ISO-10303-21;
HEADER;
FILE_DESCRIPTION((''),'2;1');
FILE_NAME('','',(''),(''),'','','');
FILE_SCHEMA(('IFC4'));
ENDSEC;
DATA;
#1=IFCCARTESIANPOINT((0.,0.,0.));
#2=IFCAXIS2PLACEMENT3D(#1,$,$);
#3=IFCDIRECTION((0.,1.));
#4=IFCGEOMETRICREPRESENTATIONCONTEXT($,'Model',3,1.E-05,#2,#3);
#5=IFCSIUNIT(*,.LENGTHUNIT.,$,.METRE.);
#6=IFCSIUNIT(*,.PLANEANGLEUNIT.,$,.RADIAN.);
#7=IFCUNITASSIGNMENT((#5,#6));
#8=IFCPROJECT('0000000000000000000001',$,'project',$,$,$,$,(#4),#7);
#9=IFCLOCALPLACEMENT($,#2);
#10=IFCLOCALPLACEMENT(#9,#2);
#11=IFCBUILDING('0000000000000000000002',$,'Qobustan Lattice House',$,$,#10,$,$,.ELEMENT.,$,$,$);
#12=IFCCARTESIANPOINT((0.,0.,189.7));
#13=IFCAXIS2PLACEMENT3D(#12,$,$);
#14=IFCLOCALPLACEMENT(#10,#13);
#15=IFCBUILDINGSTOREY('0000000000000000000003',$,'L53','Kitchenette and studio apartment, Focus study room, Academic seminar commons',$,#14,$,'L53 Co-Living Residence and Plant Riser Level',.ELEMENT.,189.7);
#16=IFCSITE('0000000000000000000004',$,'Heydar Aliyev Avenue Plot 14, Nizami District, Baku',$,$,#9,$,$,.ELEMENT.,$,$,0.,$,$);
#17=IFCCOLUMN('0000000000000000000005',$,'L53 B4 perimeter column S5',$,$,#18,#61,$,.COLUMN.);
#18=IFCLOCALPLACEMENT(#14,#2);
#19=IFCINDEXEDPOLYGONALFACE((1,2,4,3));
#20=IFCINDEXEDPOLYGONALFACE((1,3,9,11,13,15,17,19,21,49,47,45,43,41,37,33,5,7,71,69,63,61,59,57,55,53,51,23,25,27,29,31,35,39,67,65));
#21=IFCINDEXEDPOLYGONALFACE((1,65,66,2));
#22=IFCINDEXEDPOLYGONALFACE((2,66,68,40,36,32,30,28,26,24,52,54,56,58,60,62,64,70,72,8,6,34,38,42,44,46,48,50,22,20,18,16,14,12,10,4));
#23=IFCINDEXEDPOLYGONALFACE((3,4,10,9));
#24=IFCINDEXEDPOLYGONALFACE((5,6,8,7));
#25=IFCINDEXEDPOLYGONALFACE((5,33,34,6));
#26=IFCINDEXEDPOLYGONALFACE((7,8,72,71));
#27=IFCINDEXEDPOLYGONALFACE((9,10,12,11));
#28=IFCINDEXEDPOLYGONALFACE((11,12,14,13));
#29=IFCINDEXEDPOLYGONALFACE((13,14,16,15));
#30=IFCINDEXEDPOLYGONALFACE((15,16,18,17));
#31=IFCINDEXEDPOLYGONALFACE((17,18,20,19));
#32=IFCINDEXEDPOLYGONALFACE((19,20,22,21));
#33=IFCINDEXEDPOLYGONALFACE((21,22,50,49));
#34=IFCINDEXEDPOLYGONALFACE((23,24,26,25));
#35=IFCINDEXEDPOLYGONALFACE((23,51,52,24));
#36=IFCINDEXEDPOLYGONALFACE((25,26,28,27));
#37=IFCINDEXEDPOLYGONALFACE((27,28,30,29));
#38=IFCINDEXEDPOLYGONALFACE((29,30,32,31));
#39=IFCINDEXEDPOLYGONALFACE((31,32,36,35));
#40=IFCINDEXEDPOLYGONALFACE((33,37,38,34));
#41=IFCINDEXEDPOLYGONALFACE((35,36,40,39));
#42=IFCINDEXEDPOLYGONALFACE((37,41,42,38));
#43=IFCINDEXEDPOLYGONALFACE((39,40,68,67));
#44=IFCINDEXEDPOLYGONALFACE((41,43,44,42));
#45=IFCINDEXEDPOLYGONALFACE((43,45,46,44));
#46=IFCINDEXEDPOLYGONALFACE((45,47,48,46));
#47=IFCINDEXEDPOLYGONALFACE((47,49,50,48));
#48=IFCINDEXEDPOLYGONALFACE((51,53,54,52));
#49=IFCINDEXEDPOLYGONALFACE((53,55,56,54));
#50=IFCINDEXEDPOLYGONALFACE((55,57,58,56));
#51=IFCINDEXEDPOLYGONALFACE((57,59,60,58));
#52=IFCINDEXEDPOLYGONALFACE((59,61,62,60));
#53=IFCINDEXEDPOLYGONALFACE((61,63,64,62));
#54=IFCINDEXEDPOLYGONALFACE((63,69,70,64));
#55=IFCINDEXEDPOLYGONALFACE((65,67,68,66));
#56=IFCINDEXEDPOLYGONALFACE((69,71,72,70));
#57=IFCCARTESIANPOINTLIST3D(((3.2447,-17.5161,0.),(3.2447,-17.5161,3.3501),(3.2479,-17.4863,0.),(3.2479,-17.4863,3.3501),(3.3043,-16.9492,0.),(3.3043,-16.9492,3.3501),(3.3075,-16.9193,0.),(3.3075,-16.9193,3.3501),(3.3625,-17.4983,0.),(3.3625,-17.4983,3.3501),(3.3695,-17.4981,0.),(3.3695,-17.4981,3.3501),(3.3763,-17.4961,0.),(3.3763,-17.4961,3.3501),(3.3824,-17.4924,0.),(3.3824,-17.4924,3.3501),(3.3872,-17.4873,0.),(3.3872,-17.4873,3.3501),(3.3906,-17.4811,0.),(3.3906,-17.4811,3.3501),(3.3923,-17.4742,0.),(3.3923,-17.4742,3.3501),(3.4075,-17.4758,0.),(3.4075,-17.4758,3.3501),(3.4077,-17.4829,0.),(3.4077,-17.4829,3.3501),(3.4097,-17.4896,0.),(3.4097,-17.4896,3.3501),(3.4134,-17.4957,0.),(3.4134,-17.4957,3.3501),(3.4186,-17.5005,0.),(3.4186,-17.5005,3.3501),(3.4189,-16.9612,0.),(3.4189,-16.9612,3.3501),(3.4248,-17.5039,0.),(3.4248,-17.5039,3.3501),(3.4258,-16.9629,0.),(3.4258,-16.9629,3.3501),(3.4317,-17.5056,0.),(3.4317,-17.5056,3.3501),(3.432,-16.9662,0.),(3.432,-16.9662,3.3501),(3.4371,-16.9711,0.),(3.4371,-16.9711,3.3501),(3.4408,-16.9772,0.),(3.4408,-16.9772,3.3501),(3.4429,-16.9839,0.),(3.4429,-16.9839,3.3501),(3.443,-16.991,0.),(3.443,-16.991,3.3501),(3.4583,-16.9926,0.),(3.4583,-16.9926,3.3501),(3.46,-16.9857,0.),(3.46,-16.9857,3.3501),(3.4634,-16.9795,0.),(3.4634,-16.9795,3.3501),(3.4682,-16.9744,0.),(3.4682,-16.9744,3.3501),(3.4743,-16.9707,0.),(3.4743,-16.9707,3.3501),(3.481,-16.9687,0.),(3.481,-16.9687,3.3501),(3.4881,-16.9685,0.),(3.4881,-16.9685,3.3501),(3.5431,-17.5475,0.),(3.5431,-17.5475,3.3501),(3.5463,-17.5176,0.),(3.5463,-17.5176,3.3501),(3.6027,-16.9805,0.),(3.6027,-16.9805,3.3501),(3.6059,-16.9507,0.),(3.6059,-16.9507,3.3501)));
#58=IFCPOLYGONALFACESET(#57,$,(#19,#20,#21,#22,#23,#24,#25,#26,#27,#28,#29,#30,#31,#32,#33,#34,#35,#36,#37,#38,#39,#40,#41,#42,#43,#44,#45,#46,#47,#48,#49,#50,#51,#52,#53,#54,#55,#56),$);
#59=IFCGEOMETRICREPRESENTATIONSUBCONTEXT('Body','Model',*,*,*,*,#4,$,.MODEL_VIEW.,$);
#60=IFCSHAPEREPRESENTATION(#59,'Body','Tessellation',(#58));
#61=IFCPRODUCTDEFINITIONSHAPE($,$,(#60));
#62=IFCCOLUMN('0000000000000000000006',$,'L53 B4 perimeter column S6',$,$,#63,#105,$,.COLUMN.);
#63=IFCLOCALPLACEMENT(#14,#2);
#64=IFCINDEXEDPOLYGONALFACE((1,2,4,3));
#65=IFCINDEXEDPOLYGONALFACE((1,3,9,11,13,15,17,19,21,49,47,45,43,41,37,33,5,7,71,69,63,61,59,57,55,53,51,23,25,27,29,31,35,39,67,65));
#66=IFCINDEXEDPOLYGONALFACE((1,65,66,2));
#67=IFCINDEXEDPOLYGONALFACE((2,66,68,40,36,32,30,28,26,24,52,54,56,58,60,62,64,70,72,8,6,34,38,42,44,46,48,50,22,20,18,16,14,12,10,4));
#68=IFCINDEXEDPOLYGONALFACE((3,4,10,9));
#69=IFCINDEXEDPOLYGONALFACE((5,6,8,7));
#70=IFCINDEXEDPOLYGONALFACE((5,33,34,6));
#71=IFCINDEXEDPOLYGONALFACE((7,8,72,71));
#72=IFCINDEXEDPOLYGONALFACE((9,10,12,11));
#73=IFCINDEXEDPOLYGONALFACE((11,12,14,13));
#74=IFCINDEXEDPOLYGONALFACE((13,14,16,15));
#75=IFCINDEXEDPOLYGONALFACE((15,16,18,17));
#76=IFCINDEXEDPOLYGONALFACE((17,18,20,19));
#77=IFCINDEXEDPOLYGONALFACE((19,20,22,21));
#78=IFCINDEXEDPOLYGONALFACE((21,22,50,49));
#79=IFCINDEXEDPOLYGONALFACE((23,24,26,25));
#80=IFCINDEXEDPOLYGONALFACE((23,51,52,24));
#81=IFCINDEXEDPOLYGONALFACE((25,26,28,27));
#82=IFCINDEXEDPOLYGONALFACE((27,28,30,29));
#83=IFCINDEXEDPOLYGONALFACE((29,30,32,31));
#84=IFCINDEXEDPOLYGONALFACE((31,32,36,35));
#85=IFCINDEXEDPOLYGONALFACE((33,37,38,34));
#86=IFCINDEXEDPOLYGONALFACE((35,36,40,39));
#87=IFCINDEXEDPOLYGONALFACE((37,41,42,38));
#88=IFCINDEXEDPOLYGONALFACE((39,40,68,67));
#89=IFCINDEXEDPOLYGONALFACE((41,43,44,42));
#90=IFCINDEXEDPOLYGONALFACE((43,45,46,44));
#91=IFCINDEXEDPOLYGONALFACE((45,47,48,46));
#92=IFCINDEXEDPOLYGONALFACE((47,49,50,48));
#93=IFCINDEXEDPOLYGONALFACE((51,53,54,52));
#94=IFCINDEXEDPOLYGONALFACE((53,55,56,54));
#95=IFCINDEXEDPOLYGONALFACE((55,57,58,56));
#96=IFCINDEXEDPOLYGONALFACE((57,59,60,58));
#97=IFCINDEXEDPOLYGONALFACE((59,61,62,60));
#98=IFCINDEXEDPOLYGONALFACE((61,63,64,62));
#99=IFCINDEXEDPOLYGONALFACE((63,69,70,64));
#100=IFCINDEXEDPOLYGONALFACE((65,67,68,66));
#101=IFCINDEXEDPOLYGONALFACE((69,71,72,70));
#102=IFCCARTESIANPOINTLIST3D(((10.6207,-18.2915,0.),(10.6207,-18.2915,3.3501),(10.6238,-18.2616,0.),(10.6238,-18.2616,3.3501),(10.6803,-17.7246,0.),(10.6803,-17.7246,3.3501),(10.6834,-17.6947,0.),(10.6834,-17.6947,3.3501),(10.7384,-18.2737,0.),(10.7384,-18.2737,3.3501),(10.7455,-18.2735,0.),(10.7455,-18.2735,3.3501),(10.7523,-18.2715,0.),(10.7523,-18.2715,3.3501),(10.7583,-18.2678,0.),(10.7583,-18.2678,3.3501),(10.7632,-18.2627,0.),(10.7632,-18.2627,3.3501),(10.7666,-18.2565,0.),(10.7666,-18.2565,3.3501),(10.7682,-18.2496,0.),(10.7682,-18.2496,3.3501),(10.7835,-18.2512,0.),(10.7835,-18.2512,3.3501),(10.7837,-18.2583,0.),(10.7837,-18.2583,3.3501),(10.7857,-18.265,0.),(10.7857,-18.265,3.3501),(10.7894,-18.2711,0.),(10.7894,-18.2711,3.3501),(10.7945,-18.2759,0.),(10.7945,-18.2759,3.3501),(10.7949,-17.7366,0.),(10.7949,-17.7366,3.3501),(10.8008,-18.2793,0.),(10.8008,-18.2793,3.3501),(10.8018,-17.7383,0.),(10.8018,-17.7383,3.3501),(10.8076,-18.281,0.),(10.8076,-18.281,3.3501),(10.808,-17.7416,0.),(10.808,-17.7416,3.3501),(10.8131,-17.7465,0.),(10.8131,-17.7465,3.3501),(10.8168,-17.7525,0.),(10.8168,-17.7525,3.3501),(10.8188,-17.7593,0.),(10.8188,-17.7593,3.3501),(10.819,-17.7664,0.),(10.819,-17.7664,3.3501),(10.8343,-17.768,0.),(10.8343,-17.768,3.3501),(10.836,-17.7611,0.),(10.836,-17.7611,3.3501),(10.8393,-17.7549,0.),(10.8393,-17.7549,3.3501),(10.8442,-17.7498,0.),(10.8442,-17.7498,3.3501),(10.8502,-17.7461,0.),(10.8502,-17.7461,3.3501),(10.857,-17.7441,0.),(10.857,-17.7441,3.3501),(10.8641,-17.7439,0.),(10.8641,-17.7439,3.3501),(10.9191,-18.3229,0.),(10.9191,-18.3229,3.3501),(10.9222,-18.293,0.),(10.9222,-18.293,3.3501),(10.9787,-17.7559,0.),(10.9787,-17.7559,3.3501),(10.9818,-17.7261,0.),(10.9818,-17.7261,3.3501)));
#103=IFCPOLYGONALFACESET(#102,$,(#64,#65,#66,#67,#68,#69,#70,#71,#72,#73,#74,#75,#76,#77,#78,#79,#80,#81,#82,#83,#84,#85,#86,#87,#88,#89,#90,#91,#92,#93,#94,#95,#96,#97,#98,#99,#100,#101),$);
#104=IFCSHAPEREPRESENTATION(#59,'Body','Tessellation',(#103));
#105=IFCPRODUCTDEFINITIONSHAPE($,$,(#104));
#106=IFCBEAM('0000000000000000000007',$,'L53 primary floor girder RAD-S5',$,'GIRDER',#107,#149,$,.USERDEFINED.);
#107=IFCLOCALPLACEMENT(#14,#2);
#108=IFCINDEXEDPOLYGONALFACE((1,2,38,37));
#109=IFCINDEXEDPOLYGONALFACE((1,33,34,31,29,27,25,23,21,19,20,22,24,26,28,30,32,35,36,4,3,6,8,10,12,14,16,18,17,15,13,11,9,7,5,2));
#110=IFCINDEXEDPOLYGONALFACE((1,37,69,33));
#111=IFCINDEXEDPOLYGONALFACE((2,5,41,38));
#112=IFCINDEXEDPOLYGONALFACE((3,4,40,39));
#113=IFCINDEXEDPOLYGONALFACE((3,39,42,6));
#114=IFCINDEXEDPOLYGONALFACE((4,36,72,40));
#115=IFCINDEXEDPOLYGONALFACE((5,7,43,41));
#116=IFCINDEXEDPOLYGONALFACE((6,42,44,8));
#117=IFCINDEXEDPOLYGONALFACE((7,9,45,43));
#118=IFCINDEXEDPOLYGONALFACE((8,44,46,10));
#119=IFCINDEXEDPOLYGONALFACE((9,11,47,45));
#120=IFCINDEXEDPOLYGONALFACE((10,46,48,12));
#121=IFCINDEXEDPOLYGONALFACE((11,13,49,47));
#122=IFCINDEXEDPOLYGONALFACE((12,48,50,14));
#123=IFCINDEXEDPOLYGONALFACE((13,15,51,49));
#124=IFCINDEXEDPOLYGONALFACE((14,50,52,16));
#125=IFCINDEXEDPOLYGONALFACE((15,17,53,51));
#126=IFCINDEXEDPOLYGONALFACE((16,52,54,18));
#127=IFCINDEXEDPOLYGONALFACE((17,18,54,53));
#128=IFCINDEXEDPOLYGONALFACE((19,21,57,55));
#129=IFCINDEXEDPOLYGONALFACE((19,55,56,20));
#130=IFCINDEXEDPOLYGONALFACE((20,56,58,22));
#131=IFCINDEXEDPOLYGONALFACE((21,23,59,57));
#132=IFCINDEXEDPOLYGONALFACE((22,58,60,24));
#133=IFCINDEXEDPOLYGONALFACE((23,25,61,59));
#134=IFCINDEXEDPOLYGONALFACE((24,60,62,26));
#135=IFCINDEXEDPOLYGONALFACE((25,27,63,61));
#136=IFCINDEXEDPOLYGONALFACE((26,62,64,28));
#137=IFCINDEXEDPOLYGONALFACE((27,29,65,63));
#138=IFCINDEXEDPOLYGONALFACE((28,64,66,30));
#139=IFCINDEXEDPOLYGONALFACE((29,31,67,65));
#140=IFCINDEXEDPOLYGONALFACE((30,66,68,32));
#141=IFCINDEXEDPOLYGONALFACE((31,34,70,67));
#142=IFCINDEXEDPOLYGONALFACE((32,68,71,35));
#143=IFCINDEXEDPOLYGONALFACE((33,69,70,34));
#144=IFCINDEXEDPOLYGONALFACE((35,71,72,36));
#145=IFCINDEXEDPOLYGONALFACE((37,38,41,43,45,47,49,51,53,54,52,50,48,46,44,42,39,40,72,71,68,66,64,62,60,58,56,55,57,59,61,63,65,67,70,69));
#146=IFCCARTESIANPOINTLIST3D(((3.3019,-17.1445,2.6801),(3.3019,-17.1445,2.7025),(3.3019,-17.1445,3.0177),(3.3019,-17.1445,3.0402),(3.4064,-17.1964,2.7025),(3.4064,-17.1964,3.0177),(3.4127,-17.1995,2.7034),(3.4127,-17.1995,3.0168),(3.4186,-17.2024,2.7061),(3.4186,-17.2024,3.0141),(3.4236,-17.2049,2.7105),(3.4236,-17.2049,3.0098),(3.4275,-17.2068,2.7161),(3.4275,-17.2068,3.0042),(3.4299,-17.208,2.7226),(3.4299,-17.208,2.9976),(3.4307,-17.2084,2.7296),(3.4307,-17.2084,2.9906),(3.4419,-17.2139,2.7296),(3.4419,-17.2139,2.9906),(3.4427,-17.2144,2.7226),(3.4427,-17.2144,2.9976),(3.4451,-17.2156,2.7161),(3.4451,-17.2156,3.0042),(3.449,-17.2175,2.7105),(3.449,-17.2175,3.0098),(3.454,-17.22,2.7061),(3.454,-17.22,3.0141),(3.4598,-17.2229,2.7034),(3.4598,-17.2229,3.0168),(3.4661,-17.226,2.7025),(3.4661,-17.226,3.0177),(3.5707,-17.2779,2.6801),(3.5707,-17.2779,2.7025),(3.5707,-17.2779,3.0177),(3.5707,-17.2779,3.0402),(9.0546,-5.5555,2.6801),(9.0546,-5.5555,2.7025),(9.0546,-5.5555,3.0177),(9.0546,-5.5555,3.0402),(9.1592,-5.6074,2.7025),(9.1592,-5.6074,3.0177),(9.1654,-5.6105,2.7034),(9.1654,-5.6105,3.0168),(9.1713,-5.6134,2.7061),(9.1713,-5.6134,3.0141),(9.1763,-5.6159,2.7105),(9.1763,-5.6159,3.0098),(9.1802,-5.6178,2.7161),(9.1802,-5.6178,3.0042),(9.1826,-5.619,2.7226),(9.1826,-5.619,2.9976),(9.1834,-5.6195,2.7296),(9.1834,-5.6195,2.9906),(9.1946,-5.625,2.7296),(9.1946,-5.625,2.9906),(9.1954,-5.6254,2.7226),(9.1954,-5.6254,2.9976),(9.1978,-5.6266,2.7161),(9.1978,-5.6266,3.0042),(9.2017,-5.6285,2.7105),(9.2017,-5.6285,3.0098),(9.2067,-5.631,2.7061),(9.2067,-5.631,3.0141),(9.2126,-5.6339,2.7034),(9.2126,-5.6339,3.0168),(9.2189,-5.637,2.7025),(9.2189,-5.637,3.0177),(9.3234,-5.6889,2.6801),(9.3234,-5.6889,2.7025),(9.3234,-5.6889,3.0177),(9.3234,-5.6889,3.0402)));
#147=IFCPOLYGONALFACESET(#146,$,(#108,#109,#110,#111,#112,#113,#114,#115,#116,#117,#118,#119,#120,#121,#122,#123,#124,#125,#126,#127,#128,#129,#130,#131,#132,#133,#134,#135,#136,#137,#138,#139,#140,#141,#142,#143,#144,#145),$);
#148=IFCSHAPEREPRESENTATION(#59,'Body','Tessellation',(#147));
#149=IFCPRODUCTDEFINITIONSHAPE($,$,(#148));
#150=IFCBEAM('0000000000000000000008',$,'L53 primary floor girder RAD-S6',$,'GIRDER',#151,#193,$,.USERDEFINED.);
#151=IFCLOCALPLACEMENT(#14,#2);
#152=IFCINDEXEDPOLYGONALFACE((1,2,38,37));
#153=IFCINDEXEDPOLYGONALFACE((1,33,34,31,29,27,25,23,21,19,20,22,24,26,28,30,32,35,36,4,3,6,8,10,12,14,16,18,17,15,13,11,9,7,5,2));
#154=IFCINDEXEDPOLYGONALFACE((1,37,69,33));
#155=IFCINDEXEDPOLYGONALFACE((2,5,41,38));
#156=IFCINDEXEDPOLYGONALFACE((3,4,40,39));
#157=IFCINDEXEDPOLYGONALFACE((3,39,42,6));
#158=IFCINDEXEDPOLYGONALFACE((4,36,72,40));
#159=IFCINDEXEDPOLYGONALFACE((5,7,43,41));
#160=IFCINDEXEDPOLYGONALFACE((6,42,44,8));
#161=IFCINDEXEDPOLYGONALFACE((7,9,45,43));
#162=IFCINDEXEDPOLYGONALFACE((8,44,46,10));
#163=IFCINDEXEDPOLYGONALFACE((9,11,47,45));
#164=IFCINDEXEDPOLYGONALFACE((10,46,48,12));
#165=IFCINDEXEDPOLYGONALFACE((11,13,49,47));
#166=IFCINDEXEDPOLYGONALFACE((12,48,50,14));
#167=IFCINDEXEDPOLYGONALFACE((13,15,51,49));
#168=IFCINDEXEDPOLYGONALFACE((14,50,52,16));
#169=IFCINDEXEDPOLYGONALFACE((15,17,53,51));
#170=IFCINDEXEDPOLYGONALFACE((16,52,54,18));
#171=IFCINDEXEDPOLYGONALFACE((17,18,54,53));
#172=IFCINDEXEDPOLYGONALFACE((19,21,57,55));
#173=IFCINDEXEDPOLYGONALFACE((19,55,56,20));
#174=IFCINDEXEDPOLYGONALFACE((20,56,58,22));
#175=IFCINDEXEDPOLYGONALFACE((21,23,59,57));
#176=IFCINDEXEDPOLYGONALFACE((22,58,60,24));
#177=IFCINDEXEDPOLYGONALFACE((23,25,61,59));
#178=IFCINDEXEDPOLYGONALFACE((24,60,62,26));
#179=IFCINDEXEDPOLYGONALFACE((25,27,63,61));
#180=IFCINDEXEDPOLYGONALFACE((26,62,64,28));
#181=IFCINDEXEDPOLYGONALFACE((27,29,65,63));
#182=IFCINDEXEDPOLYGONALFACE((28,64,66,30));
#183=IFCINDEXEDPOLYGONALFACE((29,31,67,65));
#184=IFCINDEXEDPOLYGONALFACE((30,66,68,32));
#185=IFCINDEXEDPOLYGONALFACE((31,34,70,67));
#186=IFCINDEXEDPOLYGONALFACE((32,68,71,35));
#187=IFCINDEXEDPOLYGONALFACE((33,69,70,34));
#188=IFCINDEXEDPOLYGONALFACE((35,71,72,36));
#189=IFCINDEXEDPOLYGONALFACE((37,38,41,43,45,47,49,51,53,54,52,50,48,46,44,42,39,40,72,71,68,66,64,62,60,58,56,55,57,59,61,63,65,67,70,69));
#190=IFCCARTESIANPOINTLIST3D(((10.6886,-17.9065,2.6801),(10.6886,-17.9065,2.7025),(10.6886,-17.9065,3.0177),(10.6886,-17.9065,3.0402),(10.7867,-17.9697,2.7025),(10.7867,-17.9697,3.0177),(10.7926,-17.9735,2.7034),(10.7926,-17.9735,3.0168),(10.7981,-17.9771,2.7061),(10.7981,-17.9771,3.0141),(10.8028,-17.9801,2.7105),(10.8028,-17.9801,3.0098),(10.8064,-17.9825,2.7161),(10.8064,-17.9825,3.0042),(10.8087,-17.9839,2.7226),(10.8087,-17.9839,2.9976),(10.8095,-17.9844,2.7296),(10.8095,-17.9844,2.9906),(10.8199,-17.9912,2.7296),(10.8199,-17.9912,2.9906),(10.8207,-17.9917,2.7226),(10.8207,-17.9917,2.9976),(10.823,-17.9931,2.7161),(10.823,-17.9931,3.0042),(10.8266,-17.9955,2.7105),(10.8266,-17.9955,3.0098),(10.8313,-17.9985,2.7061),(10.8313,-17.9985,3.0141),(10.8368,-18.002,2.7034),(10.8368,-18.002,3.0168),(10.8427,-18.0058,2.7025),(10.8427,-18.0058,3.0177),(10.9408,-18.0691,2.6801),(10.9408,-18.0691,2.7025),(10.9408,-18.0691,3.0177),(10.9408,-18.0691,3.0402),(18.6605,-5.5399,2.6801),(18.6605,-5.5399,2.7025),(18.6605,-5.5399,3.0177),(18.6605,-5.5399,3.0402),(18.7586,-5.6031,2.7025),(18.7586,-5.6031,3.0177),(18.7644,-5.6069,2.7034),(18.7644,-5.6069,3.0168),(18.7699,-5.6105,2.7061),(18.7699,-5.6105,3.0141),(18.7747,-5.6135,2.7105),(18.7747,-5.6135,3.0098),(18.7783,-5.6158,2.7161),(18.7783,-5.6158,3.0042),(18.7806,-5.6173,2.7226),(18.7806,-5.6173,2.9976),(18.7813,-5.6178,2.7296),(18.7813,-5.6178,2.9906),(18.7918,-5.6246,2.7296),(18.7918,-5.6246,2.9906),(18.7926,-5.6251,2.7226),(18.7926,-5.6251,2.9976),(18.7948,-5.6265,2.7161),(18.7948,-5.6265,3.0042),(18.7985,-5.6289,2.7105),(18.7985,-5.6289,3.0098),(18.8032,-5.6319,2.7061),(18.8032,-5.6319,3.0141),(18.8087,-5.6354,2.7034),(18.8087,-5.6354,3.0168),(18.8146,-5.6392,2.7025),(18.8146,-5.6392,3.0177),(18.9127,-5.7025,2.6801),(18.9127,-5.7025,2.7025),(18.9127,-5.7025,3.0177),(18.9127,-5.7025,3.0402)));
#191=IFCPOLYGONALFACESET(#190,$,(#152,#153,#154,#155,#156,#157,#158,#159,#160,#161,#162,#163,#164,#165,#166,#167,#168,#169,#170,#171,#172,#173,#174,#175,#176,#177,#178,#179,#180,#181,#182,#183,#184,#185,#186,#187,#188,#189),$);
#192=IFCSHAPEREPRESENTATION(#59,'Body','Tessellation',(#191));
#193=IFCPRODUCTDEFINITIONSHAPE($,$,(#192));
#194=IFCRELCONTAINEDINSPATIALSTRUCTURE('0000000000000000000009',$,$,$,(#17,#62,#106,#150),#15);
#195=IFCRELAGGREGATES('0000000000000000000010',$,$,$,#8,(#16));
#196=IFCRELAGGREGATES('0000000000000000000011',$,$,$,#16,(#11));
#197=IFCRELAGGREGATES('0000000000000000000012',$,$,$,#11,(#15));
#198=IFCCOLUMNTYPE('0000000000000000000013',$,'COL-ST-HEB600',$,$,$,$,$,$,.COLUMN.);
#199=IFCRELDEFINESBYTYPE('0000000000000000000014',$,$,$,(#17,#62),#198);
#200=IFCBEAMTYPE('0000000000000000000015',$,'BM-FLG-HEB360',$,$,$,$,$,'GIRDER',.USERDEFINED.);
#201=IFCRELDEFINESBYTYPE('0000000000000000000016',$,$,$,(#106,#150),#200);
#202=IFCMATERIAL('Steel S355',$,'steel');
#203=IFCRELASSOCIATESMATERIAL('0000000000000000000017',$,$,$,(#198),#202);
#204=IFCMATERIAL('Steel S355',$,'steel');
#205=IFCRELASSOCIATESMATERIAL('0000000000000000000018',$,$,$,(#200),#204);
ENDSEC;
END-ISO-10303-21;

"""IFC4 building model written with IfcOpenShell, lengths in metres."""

from ifc_helpers import new_model, si_unit, direction, frame, origin, origin_2d, place, context, subcontext, project, spatial, i_section, extrude, material, material_profile, profile_set, type_object, element, save


model = new_model("IFC4")

# Units and contexts
model_context = context("Model", 3, precision=1e-05, world=origin(), true_north=direction((0.0, 1.0)))
body_context = subcontext(model_context, "Body", "Model", "MODEL_VIEW")
ifc_project = project(units=[si_unit("LENGTHUNIT", "METRE"), si_unit("PLANEANGLEUNIT", "RADIAN")], contexts=[model_context])

# Site, building, storey
site_placement = place(None, origin())
site = spatial("IfcSite", under=ifc_project, at=site_placement, Name="Heydar Aliyev Avenue Plot 14, Nizami District, Baku", CompositionType="ELEMENT", RefElevation=0.0)
building_placement = place(site_placement, origin())
building = spatial("IfcBuilding", under=site, at=building_placement, Name="Qobustan Lattice House", CompositionType="ELEMENT")
storey_placement = place(building_placement, frame((0.0, 0.0, 189.7)))
storey = spatial("IfcBuildingStorey", under=building, at=storey_placement, Name="L53", Description="Kitchenette and studio apartment, Focus study room, Academic seminar commons", LongName="L53 Co-Living Residence and Plant Riser Level", CompositionType="ELEMENT", Elevation=189.7)

# Columns
ifc_material_1 = material(Name="Steel S355", Category="steel")
ifc_material_profile_1 = material_profile(ifc_material_1, i_section(OverallWidth=0.3, OverallDepth=0.6001, WebThickness=0.0154, FlangeThickness=0.03, FilletRadius=0.0271, at=origin_2d()), Name="HEB600")
ifc_profile_set_1 = profile_set([ifc_material_profile_1], Name="Steel S355")
column_type = type_object("IfcColumnType", Name="COL-ST-HEB600", PredefinedType="COLUMN", material=ifc_profile_set_1)
for number, where, z_axis, x_axis, name in (
    (1, (3.4253, -17.2334, 0.0), (0.0, 0.0, 1.0), (0.994522, -0.104528, 0.0), "L53 B4 perimeter column S5"),
    (2, (10.8013, -18.0088, 0.0), (0.0, 0.0, 1.0), (0.994522, -0.104528, 0.0), "L53 B4 perimeter column S6"),
):
    element("IfcColumn", number, at=place(storey_placement, frame(where, z_axis=z_axis, x_axis=x_axis)), inside=storey, type_object=column_type, Name=name, PredefinedType="COLUMN", context=body_context, shape_type="SweptSolid", body=[
        extrude(i_section(OverallWidth=0.3, OverallDepth=0.6001, WebThickness=0.0154, FlangeThickness=0.03, FilletRadius=0.0271, at=origin_2d()), origin(), (0.0, 0.0, 1.0), 3.3501),
    ])

# Beams
ifc_material_2 = material(Name="Steel S355", Category="steel")
ifc_material_profile_2 = material_profile(ifc_material_2, i_section(OverallWidth=0.3, OverallDepth=0.3601, WebThickness=0.0125, FlangeThickness=0.0225, FilletRadius=0.0271, at=origin_2d()), Name="HEB360")
ifc_profile_set_2 = profile_set([ifc_material_profile_2], Name="Steel S355")
beam_type_1 = type_object("IfcBeamType", Name="BM-FLG-HEB360", ElementType="GIRDER", PredefinedType="USERDEFINED", material=ifc_profile_set_2)
beam_1_placement = place(storey_placement, frame((3.4363, -17.2112, 2.8601), z_axis=(0.44463, 0.895714, 0.0), x_axis=(-0.895714, 0.44463, 0.0)))
element("IfcBeam", 3, at=beam_1_placement, inside=storey, type_object=beam_type_1, Name="L53 primary floor girder RAD-S5", ObjectType="GIRDER", PredefinedType="USERDEFINED", context=body_context, shape_type="SweptSolid", body=[
    extrude(i_section(OverallWidth=0.3, OverallDepth=0.3601, WebThickness=0.0125, FlangeThickness=0.0225, FilletRadius=0.0271, at=origin_2d()), origin(), (0.0, 0.0, 1.0), 12.9382),
])
beam_2_placement = place(storey_placement, frame((10.8147, -17.9878, 2.8601), z_axis=(0.54181, 0.840501, 0.0), x_axis=(-0.840501, 0.54181, 0.0)))
element("IfcBeam", 4, at=beam_2_placement, inside=storey, type_object=beam_type_1, Name="L53 primary floor girder RAD-S6", ObjectType="GIRDER", PredefinedType="USERDEFINED", context=body_context, shape_type="SweptSolid", body=[
    extrude(i_section(OverallWidth=0.3, OverallDepth=0.3601, WebThickness=0.0125, FlangeThickness=0.0225, FilletRadius=0.0271, at=origin_2d()), origin(), (0.0, 0.0, 1.0), 14.7134),
])

save(model, "model.ifc")
